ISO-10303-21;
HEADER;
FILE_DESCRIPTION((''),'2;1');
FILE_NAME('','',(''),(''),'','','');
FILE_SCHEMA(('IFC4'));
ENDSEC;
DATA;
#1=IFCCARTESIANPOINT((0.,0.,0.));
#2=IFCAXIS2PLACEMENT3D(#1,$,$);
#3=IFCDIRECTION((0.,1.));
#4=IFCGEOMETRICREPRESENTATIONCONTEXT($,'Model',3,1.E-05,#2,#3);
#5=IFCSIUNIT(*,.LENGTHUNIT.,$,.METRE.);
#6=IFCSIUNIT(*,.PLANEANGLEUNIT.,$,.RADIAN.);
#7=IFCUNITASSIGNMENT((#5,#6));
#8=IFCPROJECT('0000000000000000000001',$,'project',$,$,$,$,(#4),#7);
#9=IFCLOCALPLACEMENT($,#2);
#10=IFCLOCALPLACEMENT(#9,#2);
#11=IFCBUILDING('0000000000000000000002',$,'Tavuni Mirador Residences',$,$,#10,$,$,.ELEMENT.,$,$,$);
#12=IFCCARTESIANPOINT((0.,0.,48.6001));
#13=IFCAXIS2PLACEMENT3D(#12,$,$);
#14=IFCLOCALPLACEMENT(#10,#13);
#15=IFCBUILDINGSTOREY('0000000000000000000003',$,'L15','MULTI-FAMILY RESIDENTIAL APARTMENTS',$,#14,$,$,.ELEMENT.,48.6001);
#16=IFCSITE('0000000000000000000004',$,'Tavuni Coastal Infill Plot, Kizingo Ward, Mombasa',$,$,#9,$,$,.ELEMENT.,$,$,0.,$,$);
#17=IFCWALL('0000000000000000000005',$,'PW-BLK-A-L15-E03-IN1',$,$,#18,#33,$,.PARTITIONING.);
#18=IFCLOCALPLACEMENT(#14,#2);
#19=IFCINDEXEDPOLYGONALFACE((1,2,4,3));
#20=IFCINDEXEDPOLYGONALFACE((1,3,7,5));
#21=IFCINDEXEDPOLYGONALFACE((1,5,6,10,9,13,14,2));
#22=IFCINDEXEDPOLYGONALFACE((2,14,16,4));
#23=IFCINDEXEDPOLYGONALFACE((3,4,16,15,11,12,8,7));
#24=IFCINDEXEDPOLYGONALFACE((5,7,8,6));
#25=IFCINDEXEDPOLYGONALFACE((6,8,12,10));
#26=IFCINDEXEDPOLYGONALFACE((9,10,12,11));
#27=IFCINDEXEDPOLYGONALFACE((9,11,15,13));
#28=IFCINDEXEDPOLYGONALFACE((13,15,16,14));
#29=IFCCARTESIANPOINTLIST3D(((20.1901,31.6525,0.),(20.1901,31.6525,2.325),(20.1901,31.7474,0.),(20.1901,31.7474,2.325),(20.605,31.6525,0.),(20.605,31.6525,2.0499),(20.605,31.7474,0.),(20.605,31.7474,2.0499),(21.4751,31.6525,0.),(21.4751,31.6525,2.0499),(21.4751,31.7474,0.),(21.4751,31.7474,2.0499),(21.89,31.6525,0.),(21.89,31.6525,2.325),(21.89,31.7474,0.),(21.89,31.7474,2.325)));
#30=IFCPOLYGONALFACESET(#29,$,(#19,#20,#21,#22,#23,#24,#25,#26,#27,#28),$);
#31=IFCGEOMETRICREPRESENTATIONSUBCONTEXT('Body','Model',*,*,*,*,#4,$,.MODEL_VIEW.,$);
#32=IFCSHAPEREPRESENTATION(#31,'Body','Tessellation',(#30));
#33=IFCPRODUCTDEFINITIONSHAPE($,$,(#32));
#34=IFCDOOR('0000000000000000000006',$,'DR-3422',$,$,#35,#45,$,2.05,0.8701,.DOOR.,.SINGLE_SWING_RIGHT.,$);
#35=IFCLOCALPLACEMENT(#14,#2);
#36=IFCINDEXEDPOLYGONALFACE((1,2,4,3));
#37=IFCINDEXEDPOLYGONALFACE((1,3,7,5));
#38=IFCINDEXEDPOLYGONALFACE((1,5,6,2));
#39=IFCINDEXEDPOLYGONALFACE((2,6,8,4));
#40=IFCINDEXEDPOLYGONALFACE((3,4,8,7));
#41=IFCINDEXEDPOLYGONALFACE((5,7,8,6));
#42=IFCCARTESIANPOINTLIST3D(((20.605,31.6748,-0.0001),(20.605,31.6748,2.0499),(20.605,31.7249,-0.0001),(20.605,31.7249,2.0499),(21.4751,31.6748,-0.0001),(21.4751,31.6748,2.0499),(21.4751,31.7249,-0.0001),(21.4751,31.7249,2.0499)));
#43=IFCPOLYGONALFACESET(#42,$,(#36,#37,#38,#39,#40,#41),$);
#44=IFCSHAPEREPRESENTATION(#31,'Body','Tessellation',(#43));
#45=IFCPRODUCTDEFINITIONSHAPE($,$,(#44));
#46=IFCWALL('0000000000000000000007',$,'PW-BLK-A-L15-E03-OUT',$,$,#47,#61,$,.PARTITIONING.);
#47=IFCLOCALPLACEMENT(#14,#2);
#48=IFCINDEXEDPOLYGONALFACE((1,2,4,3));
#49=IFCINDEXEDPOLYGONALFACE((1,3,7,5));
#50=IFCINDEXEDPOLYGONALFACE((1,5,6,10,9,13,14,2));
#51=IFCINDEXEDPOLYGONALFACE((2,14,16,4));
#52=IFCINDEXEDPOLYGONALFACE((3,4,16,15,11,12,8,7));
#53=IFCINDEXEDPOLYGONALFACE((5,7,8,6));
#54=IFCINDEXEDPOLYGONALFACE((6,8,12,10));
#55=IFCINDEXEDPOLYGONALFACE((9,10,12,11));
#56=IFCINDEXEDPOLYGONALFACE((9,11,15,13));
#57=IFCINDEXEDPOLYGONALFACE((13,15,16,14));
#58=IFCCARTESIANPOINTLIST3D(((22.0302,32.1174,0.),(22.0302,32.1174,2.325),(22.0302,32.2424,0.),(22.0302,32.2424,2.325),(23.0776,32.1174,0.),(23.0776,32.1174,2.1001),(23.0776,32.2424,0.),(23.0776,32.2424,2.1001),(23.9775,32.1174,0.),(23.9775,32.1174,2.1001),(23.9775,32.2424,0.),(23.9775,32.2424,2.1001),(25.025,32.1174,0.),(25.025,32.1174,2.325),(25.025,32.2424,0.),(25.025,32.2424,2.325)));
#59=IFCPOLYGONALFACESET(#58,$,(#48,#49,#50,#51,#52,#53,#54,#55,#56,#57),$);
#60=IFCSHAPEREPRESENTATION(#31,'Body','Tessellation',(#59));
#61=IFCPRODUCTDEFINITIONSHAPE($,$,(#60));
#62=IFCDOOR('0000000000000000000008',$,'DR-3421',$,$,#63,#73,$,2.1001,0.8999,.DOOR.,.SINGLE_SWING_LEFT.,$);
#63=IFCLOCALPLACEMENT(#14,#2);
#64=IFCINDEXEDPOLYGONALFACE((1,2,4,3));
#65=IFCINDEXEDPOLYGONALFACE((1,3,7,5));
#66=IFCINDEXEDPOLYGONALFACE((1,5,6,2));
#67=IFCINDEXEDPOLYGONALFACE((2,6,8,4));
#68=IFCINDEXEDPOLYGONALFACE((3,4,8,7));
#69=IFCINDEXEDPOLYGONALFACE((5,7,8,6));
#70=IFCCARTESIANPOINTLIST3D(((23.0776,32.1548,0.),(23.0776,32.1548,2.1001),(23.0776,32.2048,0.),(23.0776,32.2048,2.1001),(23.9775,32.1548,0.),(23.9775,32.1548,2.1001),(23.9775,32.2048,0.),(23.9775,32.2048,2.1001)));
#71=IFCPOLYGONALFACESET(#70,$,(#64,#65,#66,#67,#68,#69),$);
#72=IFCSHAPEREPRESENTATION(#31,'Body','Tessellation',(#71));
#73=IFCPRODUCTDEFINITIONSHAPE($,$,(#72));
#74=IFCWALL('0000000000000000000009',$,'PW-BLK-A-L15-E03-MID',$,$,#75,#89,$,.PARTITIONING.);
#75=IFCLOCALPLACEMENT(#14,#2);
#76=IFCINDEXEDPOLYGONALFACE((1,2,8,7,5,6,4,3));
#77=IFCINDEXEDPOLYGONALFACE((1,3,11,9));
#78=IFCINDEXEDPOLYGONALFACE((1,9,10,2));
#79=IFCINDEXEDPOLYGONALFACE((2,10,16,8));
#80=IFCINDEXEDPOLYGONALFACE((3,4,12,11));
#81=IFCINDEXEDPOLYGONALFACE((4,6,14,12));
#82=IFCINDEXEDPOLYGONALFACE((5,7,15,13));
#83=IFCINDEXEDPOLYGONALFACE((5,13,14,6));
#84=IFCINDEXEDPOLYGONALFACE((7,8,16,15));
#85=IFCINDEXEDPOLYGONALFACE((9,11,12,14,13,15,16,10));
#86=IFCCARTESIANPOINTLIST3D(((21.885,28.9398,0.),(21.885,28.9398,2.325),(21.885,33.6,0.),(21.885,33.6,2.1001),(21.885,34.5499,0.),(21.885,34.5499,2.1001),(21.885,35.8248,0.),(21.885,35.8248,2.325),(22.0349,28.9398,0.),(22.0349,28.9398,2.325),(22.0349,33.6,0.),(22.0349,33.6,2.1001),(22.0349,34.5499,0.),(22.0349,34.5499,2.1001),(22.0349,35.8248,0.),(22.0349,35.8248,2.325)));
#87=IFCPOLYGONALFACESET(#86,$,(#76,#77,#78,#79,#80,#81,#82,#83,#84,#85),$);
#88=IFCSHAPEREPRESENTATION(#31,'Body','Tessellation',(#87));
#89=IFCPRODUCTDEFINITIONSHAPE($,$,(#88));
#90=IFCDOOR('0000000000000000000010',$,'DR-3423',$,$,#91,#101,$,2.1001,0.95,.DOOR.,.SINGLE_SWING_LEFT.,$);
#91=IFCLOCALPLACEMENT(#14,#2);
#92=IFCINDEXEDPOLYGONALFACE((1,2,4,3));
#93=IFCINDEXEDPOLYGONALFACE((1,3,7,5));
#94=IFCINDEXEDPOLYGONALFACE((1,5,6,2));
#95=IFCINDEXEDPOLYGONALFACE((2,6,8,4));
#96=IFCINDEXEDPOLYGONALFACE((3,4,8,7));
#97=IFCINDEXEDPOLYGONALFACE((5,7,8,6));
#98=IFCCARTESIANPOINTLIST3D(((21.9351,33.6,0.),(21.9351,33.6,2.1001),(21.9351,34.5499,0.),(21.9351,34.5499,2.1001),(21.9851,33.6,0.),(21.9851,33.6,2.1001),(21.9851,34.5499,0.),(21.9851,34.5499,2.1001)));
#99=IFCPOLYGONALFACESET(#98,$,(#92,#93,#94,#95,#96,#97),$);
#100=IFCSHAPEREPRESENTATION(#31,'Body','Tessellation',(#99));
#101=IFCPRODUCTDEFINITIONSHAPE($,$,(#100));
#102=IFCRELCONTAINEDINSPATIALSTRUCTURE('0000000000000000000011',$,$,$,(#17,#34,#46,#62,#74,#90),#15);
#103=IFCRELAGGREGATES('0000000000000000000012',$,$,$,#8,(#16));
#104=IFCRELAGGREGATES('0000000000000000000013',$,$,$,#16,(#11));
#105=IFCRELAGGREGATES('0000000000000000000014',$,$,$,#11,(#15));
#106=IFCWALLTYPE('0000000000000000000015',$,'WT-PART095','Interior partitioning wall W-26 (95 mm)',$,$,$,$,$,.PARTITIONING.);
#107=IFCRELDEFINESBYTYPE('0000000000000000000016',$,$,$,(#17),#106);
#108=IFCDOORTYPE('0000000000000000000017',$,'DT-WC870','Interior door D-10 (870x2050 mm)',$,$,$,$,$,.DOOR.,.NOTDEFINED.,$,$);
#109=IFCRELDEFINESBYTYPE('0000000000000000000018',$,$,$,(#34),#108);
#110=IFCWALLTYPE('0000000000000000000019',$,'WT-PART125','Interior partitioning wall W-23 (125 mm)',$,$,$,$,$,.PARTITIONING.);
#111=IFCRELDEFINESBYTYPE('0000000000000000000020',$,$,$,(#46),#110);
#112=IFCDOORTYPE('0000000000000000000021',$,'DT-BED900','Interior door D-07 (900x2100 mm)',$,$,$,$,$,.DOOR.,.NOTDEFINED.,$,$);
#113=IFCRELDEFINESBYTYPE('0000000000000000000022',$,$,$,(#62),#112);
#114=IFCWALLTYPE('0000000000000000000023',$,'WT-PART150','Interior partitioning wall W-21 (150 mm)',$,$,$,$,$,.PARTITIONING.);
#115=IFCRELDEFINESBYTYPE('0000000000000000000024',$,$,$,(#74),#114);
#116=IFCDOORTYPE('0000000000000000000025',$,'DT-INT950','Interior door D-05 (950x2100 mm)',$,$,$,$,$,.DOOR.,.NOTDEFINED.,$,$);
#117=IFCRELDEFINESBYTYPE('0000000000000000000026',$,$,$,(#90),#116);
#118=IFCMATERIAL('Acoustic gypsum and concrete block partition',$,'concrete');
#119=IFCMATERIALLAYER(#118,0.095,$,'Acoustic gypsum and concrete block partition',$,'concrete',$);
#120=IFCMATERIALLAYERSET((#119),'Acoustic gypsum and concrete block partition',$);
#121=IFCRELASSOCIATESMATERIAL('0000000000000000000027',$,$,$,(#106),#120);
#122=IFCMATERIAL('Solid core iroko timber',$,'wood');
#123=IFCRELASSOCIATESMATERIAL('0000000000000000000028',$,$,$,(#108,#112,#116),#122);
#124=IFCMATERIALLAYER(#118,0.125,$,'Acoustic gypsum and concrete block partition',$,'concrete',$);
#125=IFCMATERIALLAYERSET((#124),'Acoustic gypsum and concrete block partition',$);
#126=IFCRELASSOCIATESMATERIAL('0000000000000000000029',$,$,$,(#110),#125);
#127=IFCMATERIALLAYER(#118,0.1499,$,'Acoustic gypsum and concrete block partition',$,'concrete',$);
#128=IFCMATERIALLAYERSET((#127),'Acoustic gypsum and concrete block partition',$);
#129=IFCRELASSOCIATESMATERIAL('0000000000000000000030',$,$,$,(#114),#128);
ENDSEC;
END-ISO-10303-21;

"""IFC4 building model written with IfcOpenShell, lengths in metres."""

from ifc_helpers import new_model, si_unit, direction, frame, frame_2d, origin, place, context, subcontext, project, spatial, rectangle, extrude, material, layer, layer_set, type_object, element, fill, save


model = new_model("IFC4")

# Units and contexts
model_context = context("Model", 3, precision=1e-05, world=origin(), true_north=direction((0.0, 1.0)))
body_context = subcontext(model_context, "Body", "Model", "MODEL_VIEW")
ifc_project = project(units=[si_unit("LENGTHUNIT", "METRE"), si_unit("PLANEANGLEUNIT", "RADIAN")], contexts=[model_context])

# Site, building, storey
site_placement = place(None, origin())
site = spatial("IfcSite", under=ifc_project, at=site_placement, Name="Tavuni Coastal Infill Plot, Kizingo Ward, Mombasa", CompositionType="ELEMENT", RefElevation=0.0)
building_placement = place(site_placement, origin())
building = spatial("IfcBuilding", under=site, at=building_placement, Name="Tavuni Mirador Residences", CompositionType="ELEMENT")
storey_placement = place(building_placement, frame((0.0, 0.0, 48.6001)))
storey = spatial("IfcBuildingStorey", under=building, at=storey_placement, Name="L15", Description="MULTI-FAMILY RESIDENTIAL APARTMENTS", CompositionType="ELEMENT", Elevation=48.6001)

# Walls, openings, doors
ifc_material_1 = material(Name="Acoustic gypsum and concrete block partition", Category="concrete")
ifc_layer_1 = layer(ifc_material_1, 0.095, Name="Acoustic gypsum and concrete block partition", Category="concrete")
ifc_layer_set_1 = layer_set([ifc_layer_1], Name="Acoustic gypsum and concrete block partition")
wall_type_1 = type_object("IfcWallType", Name="WT-PART095", Description="Interior partitioning wall W-26 (95 mm)", PredefinedType="PARTITIONING", material=ifc_layer_set_1)
wall_1_placement = place(storey_placement, frame((20.1899, 31.7, 0.0), z_axis=(0.0, 0.0, 1.0), x_axis=(1.0, 0.0, 0.0)))
wall_1 = element("IfcWall", 1, at=wall_1_placement, inside=storey, type_object=wall_type_1, Name="PW-BLK-A-L15-E03-IN1", PredefinedType="PARTITIONING", context=body_context, shape_type="SweptSolid", body=[
    extrude(rectangle(XDim=1.7, YDim=0.095, at=frame_2d((0.8501, 0.0))), origin(), (0.0, 0.0, 1.0), 2.325),
])
opening_1_placement = place(wall_1_placement, frame((0.415, 0.0, 0.0)))
opening_1 = element("IfcOpeningElement", 2, at=opening_1_placement, cuts=wall_1, PredefinedType="OPENING", context=body_context, shape_type="SweptSolid", body=[
    extrude(rectangle(XDim=0.8701, YDim=2.05, at=frame_2d((0.4351, 1.0249))), frame((0.0, 0.0576, 0.0), z_axis=(0.0, -1.0, 0.0), x_axis=(1.0, 0.0, 0.0)), (0.0, 0.0, 1.0), 0.115),
])
ifc_material_2 = material(Name="Solid core iroko timber", Category="wood")
door_type_1 = type_object("IfcDoorType", Name="DT-WC870", Description="Interior door D-10 (870x2050 mm)", OperationType="NOTDEFINED", PredefinedType="DOOR", material=ifc_material_2)
door_1_placement = place(opening_1_placement, origin())
door_1 = element("IfcDoor", 3, at=door_1_placement, inside=storey, type_object=door_type_1, Name="DR-3422", OperationType="SINGLE_SWING_RIGHT", OverallHeight=2.05, OverallWidth=0.8701, PredefinedType="DOOR", context=body_context, shape_type="SweptSolid", body=[
    extrude(rectangle(XDim=0.8701, YDim=2.05, at=frame_2d((0.4351, 1.0249))), frame((0.0, 0.0249, 0.0), z_axis=(0.0, -1.0, 0.0), x_axis=(1.0, 0.0, 0.0)), (0.0, 0.0, 1.0), 0.05),
])
fill(opening_1, door_1)
ifc_layer_2 = layer(ifc_material_1, 0.125, Name="Acoustic gypsum and concrete block partition", Category="concrete")
ifc_layer_set_2 = layer_set([ifc_layer_2], Name="Acoustic gypsum and concrete block partition")
wall_type_2 = type_object("IfcWallType", Name="WT-PART125", Description="Interior partitioning wall W-23 (125 mm)", PredefinedType="PARTITIONING", material=ifc_layer_set_2)
wall_2_placement = place(storey_placement, frame((22.03, 32.1799, 0.0), z_axis=(0.0, 0.0, 1.0), x_axis=(1.0, 0.0, 0.0)))
wall_2 = element("IfcWall", 4, at=wall_2_placement, inside=storey, type_object=wall_type_2, Name="PW-BLK-A-L15-E03-OUT", PredefinedType="PARTITIONING", context=body_context, shape_type="SweptSolid", body=[
    extrude(rectangle(XDim=2.9949, YDim=0.125, at=frame_2d((1.4976, 0.0))), origin(), (0.0, 0.0, 1.0), 2.325),
])
opening_2_placement = place(wall_2_placement, frame((1.0476, 0.0, 0.0)))
opening_2 = element("IfcOpeningElement", 5, at=opening_2_placement, cuts=wall_2, PredefinedType="OPENING", context=body_context, shape_type="SweptSolid", body=[
    extrude(rectangle(XDim=0.8999, YDim=2.1001, at=frame_2d((0.45, 1.05))), frame((0.0, 0.0725, 0.0), z_axis=(0.0, -1.0, 0.0), x_axis=(1.0, 0.0, 0.0)), (0.0, 0.0, 1.0), 0.145),
])
door_type_2 = type_object("IfcDoorType", Name="DT-BED900", Description="Interior door D-07 (900x2100 mm)", OperationType="NOTDEFINED", PredefinedType="DOOR", material=ifc_material_2)
door_2_placement = place(opening_2_placement, origin())
door_2 = element("IfcDoor", 6, at=door_2_placement, inside=storey, type_object=door_type_2, Name="DR-3421", OperationType="SINGLE_SWING_LEFT", OverallHeight=2.1001, OverallWidth=0.8999, PredefinedType="DOOR", context=body_context, shape_type="SweptSolid", body=[
    extrude(rectangle(XDim=0.8999, YDim=2.1001, at=frame_2d((0.45, 1.05))), frame((0.0, 0.0249, 0.0), z_axis=(0.0, -1.0, 0.0), x_axis=(1.0, 0.0, 0.0)), (0.0, 0.0, 1.0), 0.05),
])
fill(opening_2, door_2)
ifc_layer_3 = layer(ifc_material_1, 0.1499, Name="Acoustic gypsum and concrete block partition", Category="concrete")
ifc_layer_set_3 = layer_set([ifc_layer_3], Name="Acoustic gypsum and concrete block partition")
wall_type_3 = type_object("IfcWallType", Name="WT-PART150", Description="Interior partitioning wall W-21 (150 mm)", PredefinedType="PARTITIONING", material=ifc_layer_set_3)
wall_3_placement = place(storey_placement, frame((21.96, 28.9399, 0.0), z_axis=(0.0, 0.0, 1.0), x_axis=(0.0, 1.0, 0.0)))
wall_3 = element("IfcWall", 7, at=wall_3_placement, inside=storey, type_object=wall_type_3, Name="PW-BLK-A-L15-E03-MID", PredefinedType="PARTITIONING", context=body_context, shape_type="SweptSolid", body=[
    extrude(rectangle(XDim=6.885, YDim=0.1499, at=frame_2d((3.4424, 0.0))), origin(), (0.0, 0.0, 1.0), 2.325),
])
opening_3_placement = place(wall_3_placement, frame((4.6599, 0.0, 0.0)))
opening_3 = element("IfcOpeningElement", 8, at=opening_3_placement, cuts=wall_3, PredefinedType="OPENING", context=body_context, shape_type="SweptSolid", body=[
    extrude(rectangle(XDim=0.95, YDim=2.1001, at=frame_2d((0.4751, 1.05))), frame((0.0, 0.085, 0.0), z_axis=(0.0, -1.0, 0.0), x_axis=(1.0, 0.0, 0.0)), (0.0, 0.0, 1.0), 0.1699),
])
door_type_3 = type_object("IfcDoorType", Name="DT-INT950", Description="Interior door D-05 (950x2100 mm)", OperationType="NOTDEFINED", PredefinedType="DOOR", material=ifc_material_2)
door_3_placement = place(opening_3_placement, origin())
door_3 = element("IfcDoor", 9, at=door_3_placement, inside=storey, type_object=door_type_3, Name="DR-3423", OperationType="SINGLE_SWING_LEFT", OverallHeight=2.1001, OverallWidth=0.95, PredefinedType="DOOR", context=body_context, shape_type="SweptSolid", body=[
    extrude(rectangle(XDim=0.95, YDim=2.1001, at=frame_2d((0.4751, 1.05))), frame((0.0, 0.0249, 0.0), z_axis=(0.0, -1.0, 0.0), x_axis=(1.0, 0.0, 0.0)), (0.0, 0.0, 1.0), 0.05),
])
fill(opening_3, door_3)

save(model, "model.ifc")
